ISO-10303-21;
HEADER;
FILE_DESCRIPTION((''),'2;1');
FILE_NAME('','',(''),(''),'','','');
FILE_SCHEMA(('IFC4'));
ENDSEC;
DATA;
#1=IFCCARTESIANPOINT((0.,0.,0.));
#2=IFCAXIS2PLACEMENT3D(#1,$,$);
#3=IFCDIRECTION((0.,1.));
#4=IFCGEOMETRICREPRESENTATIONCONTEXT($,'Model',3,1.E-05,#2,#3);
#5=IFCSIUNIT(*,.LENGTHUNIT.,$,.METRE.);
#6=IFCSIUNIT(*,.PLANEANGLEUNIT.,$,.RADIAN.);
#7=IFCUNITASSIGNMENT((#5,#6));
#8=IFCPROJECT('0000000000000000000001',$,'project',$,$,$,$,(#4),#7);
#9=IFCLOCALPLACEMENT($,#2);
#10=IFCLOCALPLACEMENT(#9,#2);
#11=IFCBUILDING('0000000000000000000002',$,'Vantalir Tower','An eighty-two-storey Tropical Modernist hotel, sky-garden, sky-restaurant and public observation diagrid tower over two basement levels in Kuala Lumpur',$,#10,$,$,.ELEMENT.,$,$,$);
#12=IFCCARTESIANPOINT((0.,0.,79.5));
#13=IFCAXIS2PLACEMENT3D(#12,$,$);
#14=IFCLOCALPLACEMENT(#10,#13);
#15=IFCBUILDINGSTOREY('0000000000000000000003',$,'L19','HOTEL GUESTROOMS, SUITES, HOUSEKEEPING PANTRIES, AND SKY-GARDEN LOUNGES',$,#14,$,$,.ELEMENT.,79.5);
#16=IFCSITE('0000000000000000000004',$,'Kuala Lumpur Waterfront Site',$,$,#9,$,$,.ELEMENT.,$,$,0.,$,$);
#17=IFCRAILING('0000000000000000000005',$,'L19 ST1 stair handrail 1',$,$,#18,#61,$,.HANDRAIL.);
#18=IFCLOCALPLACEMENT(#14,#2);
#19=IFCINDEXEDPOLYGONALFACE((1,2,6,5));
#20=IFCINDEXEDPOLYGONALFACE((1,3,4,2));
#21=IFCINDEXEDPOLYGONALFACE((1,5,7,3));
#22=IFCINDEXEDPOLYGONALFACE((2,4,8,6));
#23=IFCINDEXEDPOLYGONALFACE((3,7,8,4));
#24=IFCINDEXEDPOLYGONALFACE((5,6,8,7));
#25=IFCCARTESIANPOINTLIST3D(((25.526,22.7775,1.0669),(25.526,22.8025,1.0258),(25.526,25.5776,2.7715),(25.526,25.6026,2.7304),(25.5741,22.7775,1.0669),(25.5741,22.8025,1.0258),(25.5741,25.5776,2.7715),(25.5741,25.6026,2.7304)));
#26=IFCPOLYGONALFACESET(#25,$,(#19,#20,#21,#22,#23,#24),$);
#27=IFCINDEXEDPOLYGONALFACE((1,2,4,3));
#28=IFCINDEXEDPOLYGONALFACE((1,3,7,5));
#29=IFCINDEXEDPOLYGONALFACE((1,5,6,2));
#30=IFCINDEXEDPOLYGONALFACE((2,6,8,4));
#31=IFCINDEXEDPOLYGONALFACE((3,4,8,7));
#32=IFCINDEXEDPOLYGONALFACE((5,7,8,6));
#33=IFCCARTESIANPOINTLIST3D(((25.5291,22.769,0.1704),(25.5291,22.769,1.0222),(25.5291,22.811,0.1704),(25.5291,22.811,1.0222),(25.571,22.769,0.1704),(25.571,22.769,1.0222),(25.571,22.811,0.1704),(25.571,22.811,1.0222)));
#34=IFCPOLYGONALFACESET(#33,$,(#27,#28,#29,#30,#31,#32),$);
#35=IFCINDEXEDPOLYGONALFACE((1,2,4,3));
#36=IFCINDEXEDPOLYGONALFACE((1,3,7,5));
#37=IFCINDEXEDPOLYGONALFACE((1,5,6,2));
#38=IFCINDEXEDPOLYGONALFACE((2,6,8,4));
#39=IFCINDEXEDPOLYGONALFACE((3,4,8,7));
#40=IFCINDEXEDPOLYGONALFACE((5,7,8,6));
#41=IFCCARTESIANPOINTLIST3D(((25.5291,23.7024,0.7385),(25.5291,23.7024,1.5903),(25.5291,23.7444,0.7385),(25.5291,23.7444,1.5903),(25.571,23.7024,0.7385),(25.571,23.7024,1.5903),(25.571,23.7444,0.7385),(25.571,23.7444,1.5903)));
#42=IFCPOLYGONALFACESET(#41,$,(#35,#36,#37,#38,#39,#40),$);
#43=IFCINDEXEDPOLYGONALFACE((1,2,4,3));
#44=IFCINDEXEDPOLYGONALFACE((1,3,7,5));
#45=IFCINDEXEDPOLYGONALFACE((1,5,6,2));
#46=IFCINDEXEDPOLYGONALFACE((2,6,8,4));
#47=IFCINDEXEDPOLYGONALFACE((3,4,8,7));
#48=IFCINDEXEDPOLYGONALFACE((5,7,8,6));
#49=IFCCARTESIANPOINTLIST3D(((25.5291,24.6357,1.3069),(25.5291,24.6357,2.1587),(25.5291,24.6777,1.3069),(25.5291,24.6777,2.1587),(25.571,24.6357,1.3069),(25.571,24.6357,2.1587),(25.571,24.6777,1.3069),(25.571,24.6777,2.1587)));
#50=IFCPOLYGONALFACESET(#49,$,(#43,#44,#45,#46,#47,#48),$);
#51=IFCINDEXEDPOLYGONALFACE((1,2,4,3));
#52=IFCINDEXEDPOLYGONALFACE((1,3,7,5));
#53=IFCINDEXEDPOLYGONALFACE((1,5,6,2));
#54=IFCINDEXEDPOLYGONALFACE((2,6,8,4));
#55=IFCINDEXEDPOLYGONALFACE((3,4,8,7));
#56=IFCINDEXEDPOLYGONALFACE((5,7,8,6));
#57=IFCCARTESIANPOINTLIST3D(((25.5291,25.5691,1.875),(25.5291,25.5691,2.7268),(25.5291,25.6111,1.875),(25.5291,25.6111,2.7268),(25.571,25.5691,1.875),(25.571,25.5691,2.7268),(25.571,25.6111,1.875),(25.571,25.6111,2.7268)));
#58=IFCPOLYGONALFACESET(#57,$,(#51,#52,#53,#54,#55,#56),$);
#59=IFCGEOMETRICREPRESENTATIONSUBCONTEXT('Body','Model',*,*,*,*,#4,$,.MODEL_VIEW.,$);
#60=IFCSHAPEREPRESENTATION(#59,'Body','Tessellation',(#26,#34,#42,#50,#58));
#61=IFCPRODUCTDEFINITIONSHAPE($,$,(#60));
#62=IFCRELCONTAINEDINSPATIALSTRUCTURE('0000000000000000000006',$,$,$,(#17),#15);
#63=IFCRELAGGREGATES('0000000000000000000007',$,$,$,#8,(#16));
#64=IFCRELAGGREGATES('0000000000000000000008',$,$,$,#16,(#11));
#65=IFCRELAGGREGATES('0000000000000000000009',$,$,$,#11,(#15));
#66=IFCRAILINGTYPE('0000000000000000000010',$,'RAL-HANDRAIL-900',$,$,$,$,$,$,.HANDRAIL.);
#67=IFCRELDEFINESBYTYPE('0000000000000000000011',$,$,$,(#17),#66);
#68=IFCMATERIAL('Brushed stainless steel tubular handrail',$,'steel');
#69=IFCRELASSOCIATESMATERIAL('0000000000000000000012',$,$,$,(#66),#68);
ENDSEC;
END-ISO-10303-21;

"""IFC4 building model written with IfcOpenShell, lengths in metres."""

from ifc_helpers import new_model, si_unit, direction, frame, origin, origin_2d, place, context, subcontext, project, spatial, rectangle, extrude, material, type_object, element, save


model = new_model("IFC4")

# Units and contexts
model_context = context("Model", 3, precision=1e-05, world=origin(), true_north=direction((0.0, 1.0)))
body_context = subcontext(model_context, "Body", "Model", "MODEL_VIEW")
ifc_project = project(units=[si_unit("LENGTHUNIT", "METRE"), si_unit("PLANEANGLEUNIT", "RADIAN")], contexts=[model_context])

# Site, building, storey
site_placement = place(None, origin())
site = spatial("IfcSite", under=ifc_project, at=site_placement, Name="Kuala Lumpur Waterfront Site", CompositionType="ELEMENT", RefElevation=0.0)
building_placement = place(site_placement, origin())
building = spatial("IfcBuilding", under=site, at=building_placement, Name="Vantalir Tower", Description="An eighty-two-storey Tropical Modernist hotel, sky-garden, sky-restaurant and public observation diagrid tower over two basement levels in Kuala Lumpur", CompositionType="ELEMENT")
storey_placement = place(building_placement, frame((0.0, 0.0, 79.5)))
storey = spatial("IfcBuildingStorey", under=building, at=storey_placement, Name="L19", Description="HOTEL GUESTROOMS, SUITES, HOUSEKEEPING PANTRIES, AND SKY-GARDEN LOUNGES", CompositionType="ELEMENT", Elevation=79.5)

# Railing
ifc_material_1 = material(Name="Brushed stainless steel tubular handrail", Category="steel")
railing_type_1 = type_object("IfcRailingType", Name="RAL-HANDRAIL-900", PredefinedType="HANDRAIL", material=ifc_material_1)
railing_1_placement = place(storey_placement, frame((25.55, 22.79, 0.1704)))
element("IfcRailing", 1, at=railing_1_placement, inside=storey, type_object=railing_type_1, Name="L19 ST1 stair handrail 1", PredefinedType="HANDRAIL", context=body_context, shape_type="SweptSolid", body=[
    extrude(rectangle(XDim=0.0481, YDim=0.0481, at=origin_2d()), frame((0.0, 0.0, 0.876), z_axis=(0.0, 0.85417, 0.519994), x_axis=(-1.0, 0.0, 0.0)), (0.0, 0.0, 1.0), 3.2781),
    extrude(rectangle(XDim=0.042, YDim=0.042, at=origin_2d()), origin(), (0.0, 0.0, 1.0), 0.8518),
    extrude(rectangle(XDim=0.042, YDim=0.042, at=origin_2d()), frame((0.0, 0.9333, 0.5681)), (0.0, 0.0, 1.0), 0.8518),
    extrude(rectangle(XDim=0.042, YDim=0.042, at=origin_2d()), frame((0.0, 1.8667, 1.1365)), (0.0, 0.0, 1.0), 0.8518),
    extrude(rectangle(XDim=0.042, YDim=0.042, at=origin_2d()), frame((0.0, 2.8, 1.7046)), (0.0, 0.0, 1.0), 0.8518),
])

save(model, "model.ifc")
